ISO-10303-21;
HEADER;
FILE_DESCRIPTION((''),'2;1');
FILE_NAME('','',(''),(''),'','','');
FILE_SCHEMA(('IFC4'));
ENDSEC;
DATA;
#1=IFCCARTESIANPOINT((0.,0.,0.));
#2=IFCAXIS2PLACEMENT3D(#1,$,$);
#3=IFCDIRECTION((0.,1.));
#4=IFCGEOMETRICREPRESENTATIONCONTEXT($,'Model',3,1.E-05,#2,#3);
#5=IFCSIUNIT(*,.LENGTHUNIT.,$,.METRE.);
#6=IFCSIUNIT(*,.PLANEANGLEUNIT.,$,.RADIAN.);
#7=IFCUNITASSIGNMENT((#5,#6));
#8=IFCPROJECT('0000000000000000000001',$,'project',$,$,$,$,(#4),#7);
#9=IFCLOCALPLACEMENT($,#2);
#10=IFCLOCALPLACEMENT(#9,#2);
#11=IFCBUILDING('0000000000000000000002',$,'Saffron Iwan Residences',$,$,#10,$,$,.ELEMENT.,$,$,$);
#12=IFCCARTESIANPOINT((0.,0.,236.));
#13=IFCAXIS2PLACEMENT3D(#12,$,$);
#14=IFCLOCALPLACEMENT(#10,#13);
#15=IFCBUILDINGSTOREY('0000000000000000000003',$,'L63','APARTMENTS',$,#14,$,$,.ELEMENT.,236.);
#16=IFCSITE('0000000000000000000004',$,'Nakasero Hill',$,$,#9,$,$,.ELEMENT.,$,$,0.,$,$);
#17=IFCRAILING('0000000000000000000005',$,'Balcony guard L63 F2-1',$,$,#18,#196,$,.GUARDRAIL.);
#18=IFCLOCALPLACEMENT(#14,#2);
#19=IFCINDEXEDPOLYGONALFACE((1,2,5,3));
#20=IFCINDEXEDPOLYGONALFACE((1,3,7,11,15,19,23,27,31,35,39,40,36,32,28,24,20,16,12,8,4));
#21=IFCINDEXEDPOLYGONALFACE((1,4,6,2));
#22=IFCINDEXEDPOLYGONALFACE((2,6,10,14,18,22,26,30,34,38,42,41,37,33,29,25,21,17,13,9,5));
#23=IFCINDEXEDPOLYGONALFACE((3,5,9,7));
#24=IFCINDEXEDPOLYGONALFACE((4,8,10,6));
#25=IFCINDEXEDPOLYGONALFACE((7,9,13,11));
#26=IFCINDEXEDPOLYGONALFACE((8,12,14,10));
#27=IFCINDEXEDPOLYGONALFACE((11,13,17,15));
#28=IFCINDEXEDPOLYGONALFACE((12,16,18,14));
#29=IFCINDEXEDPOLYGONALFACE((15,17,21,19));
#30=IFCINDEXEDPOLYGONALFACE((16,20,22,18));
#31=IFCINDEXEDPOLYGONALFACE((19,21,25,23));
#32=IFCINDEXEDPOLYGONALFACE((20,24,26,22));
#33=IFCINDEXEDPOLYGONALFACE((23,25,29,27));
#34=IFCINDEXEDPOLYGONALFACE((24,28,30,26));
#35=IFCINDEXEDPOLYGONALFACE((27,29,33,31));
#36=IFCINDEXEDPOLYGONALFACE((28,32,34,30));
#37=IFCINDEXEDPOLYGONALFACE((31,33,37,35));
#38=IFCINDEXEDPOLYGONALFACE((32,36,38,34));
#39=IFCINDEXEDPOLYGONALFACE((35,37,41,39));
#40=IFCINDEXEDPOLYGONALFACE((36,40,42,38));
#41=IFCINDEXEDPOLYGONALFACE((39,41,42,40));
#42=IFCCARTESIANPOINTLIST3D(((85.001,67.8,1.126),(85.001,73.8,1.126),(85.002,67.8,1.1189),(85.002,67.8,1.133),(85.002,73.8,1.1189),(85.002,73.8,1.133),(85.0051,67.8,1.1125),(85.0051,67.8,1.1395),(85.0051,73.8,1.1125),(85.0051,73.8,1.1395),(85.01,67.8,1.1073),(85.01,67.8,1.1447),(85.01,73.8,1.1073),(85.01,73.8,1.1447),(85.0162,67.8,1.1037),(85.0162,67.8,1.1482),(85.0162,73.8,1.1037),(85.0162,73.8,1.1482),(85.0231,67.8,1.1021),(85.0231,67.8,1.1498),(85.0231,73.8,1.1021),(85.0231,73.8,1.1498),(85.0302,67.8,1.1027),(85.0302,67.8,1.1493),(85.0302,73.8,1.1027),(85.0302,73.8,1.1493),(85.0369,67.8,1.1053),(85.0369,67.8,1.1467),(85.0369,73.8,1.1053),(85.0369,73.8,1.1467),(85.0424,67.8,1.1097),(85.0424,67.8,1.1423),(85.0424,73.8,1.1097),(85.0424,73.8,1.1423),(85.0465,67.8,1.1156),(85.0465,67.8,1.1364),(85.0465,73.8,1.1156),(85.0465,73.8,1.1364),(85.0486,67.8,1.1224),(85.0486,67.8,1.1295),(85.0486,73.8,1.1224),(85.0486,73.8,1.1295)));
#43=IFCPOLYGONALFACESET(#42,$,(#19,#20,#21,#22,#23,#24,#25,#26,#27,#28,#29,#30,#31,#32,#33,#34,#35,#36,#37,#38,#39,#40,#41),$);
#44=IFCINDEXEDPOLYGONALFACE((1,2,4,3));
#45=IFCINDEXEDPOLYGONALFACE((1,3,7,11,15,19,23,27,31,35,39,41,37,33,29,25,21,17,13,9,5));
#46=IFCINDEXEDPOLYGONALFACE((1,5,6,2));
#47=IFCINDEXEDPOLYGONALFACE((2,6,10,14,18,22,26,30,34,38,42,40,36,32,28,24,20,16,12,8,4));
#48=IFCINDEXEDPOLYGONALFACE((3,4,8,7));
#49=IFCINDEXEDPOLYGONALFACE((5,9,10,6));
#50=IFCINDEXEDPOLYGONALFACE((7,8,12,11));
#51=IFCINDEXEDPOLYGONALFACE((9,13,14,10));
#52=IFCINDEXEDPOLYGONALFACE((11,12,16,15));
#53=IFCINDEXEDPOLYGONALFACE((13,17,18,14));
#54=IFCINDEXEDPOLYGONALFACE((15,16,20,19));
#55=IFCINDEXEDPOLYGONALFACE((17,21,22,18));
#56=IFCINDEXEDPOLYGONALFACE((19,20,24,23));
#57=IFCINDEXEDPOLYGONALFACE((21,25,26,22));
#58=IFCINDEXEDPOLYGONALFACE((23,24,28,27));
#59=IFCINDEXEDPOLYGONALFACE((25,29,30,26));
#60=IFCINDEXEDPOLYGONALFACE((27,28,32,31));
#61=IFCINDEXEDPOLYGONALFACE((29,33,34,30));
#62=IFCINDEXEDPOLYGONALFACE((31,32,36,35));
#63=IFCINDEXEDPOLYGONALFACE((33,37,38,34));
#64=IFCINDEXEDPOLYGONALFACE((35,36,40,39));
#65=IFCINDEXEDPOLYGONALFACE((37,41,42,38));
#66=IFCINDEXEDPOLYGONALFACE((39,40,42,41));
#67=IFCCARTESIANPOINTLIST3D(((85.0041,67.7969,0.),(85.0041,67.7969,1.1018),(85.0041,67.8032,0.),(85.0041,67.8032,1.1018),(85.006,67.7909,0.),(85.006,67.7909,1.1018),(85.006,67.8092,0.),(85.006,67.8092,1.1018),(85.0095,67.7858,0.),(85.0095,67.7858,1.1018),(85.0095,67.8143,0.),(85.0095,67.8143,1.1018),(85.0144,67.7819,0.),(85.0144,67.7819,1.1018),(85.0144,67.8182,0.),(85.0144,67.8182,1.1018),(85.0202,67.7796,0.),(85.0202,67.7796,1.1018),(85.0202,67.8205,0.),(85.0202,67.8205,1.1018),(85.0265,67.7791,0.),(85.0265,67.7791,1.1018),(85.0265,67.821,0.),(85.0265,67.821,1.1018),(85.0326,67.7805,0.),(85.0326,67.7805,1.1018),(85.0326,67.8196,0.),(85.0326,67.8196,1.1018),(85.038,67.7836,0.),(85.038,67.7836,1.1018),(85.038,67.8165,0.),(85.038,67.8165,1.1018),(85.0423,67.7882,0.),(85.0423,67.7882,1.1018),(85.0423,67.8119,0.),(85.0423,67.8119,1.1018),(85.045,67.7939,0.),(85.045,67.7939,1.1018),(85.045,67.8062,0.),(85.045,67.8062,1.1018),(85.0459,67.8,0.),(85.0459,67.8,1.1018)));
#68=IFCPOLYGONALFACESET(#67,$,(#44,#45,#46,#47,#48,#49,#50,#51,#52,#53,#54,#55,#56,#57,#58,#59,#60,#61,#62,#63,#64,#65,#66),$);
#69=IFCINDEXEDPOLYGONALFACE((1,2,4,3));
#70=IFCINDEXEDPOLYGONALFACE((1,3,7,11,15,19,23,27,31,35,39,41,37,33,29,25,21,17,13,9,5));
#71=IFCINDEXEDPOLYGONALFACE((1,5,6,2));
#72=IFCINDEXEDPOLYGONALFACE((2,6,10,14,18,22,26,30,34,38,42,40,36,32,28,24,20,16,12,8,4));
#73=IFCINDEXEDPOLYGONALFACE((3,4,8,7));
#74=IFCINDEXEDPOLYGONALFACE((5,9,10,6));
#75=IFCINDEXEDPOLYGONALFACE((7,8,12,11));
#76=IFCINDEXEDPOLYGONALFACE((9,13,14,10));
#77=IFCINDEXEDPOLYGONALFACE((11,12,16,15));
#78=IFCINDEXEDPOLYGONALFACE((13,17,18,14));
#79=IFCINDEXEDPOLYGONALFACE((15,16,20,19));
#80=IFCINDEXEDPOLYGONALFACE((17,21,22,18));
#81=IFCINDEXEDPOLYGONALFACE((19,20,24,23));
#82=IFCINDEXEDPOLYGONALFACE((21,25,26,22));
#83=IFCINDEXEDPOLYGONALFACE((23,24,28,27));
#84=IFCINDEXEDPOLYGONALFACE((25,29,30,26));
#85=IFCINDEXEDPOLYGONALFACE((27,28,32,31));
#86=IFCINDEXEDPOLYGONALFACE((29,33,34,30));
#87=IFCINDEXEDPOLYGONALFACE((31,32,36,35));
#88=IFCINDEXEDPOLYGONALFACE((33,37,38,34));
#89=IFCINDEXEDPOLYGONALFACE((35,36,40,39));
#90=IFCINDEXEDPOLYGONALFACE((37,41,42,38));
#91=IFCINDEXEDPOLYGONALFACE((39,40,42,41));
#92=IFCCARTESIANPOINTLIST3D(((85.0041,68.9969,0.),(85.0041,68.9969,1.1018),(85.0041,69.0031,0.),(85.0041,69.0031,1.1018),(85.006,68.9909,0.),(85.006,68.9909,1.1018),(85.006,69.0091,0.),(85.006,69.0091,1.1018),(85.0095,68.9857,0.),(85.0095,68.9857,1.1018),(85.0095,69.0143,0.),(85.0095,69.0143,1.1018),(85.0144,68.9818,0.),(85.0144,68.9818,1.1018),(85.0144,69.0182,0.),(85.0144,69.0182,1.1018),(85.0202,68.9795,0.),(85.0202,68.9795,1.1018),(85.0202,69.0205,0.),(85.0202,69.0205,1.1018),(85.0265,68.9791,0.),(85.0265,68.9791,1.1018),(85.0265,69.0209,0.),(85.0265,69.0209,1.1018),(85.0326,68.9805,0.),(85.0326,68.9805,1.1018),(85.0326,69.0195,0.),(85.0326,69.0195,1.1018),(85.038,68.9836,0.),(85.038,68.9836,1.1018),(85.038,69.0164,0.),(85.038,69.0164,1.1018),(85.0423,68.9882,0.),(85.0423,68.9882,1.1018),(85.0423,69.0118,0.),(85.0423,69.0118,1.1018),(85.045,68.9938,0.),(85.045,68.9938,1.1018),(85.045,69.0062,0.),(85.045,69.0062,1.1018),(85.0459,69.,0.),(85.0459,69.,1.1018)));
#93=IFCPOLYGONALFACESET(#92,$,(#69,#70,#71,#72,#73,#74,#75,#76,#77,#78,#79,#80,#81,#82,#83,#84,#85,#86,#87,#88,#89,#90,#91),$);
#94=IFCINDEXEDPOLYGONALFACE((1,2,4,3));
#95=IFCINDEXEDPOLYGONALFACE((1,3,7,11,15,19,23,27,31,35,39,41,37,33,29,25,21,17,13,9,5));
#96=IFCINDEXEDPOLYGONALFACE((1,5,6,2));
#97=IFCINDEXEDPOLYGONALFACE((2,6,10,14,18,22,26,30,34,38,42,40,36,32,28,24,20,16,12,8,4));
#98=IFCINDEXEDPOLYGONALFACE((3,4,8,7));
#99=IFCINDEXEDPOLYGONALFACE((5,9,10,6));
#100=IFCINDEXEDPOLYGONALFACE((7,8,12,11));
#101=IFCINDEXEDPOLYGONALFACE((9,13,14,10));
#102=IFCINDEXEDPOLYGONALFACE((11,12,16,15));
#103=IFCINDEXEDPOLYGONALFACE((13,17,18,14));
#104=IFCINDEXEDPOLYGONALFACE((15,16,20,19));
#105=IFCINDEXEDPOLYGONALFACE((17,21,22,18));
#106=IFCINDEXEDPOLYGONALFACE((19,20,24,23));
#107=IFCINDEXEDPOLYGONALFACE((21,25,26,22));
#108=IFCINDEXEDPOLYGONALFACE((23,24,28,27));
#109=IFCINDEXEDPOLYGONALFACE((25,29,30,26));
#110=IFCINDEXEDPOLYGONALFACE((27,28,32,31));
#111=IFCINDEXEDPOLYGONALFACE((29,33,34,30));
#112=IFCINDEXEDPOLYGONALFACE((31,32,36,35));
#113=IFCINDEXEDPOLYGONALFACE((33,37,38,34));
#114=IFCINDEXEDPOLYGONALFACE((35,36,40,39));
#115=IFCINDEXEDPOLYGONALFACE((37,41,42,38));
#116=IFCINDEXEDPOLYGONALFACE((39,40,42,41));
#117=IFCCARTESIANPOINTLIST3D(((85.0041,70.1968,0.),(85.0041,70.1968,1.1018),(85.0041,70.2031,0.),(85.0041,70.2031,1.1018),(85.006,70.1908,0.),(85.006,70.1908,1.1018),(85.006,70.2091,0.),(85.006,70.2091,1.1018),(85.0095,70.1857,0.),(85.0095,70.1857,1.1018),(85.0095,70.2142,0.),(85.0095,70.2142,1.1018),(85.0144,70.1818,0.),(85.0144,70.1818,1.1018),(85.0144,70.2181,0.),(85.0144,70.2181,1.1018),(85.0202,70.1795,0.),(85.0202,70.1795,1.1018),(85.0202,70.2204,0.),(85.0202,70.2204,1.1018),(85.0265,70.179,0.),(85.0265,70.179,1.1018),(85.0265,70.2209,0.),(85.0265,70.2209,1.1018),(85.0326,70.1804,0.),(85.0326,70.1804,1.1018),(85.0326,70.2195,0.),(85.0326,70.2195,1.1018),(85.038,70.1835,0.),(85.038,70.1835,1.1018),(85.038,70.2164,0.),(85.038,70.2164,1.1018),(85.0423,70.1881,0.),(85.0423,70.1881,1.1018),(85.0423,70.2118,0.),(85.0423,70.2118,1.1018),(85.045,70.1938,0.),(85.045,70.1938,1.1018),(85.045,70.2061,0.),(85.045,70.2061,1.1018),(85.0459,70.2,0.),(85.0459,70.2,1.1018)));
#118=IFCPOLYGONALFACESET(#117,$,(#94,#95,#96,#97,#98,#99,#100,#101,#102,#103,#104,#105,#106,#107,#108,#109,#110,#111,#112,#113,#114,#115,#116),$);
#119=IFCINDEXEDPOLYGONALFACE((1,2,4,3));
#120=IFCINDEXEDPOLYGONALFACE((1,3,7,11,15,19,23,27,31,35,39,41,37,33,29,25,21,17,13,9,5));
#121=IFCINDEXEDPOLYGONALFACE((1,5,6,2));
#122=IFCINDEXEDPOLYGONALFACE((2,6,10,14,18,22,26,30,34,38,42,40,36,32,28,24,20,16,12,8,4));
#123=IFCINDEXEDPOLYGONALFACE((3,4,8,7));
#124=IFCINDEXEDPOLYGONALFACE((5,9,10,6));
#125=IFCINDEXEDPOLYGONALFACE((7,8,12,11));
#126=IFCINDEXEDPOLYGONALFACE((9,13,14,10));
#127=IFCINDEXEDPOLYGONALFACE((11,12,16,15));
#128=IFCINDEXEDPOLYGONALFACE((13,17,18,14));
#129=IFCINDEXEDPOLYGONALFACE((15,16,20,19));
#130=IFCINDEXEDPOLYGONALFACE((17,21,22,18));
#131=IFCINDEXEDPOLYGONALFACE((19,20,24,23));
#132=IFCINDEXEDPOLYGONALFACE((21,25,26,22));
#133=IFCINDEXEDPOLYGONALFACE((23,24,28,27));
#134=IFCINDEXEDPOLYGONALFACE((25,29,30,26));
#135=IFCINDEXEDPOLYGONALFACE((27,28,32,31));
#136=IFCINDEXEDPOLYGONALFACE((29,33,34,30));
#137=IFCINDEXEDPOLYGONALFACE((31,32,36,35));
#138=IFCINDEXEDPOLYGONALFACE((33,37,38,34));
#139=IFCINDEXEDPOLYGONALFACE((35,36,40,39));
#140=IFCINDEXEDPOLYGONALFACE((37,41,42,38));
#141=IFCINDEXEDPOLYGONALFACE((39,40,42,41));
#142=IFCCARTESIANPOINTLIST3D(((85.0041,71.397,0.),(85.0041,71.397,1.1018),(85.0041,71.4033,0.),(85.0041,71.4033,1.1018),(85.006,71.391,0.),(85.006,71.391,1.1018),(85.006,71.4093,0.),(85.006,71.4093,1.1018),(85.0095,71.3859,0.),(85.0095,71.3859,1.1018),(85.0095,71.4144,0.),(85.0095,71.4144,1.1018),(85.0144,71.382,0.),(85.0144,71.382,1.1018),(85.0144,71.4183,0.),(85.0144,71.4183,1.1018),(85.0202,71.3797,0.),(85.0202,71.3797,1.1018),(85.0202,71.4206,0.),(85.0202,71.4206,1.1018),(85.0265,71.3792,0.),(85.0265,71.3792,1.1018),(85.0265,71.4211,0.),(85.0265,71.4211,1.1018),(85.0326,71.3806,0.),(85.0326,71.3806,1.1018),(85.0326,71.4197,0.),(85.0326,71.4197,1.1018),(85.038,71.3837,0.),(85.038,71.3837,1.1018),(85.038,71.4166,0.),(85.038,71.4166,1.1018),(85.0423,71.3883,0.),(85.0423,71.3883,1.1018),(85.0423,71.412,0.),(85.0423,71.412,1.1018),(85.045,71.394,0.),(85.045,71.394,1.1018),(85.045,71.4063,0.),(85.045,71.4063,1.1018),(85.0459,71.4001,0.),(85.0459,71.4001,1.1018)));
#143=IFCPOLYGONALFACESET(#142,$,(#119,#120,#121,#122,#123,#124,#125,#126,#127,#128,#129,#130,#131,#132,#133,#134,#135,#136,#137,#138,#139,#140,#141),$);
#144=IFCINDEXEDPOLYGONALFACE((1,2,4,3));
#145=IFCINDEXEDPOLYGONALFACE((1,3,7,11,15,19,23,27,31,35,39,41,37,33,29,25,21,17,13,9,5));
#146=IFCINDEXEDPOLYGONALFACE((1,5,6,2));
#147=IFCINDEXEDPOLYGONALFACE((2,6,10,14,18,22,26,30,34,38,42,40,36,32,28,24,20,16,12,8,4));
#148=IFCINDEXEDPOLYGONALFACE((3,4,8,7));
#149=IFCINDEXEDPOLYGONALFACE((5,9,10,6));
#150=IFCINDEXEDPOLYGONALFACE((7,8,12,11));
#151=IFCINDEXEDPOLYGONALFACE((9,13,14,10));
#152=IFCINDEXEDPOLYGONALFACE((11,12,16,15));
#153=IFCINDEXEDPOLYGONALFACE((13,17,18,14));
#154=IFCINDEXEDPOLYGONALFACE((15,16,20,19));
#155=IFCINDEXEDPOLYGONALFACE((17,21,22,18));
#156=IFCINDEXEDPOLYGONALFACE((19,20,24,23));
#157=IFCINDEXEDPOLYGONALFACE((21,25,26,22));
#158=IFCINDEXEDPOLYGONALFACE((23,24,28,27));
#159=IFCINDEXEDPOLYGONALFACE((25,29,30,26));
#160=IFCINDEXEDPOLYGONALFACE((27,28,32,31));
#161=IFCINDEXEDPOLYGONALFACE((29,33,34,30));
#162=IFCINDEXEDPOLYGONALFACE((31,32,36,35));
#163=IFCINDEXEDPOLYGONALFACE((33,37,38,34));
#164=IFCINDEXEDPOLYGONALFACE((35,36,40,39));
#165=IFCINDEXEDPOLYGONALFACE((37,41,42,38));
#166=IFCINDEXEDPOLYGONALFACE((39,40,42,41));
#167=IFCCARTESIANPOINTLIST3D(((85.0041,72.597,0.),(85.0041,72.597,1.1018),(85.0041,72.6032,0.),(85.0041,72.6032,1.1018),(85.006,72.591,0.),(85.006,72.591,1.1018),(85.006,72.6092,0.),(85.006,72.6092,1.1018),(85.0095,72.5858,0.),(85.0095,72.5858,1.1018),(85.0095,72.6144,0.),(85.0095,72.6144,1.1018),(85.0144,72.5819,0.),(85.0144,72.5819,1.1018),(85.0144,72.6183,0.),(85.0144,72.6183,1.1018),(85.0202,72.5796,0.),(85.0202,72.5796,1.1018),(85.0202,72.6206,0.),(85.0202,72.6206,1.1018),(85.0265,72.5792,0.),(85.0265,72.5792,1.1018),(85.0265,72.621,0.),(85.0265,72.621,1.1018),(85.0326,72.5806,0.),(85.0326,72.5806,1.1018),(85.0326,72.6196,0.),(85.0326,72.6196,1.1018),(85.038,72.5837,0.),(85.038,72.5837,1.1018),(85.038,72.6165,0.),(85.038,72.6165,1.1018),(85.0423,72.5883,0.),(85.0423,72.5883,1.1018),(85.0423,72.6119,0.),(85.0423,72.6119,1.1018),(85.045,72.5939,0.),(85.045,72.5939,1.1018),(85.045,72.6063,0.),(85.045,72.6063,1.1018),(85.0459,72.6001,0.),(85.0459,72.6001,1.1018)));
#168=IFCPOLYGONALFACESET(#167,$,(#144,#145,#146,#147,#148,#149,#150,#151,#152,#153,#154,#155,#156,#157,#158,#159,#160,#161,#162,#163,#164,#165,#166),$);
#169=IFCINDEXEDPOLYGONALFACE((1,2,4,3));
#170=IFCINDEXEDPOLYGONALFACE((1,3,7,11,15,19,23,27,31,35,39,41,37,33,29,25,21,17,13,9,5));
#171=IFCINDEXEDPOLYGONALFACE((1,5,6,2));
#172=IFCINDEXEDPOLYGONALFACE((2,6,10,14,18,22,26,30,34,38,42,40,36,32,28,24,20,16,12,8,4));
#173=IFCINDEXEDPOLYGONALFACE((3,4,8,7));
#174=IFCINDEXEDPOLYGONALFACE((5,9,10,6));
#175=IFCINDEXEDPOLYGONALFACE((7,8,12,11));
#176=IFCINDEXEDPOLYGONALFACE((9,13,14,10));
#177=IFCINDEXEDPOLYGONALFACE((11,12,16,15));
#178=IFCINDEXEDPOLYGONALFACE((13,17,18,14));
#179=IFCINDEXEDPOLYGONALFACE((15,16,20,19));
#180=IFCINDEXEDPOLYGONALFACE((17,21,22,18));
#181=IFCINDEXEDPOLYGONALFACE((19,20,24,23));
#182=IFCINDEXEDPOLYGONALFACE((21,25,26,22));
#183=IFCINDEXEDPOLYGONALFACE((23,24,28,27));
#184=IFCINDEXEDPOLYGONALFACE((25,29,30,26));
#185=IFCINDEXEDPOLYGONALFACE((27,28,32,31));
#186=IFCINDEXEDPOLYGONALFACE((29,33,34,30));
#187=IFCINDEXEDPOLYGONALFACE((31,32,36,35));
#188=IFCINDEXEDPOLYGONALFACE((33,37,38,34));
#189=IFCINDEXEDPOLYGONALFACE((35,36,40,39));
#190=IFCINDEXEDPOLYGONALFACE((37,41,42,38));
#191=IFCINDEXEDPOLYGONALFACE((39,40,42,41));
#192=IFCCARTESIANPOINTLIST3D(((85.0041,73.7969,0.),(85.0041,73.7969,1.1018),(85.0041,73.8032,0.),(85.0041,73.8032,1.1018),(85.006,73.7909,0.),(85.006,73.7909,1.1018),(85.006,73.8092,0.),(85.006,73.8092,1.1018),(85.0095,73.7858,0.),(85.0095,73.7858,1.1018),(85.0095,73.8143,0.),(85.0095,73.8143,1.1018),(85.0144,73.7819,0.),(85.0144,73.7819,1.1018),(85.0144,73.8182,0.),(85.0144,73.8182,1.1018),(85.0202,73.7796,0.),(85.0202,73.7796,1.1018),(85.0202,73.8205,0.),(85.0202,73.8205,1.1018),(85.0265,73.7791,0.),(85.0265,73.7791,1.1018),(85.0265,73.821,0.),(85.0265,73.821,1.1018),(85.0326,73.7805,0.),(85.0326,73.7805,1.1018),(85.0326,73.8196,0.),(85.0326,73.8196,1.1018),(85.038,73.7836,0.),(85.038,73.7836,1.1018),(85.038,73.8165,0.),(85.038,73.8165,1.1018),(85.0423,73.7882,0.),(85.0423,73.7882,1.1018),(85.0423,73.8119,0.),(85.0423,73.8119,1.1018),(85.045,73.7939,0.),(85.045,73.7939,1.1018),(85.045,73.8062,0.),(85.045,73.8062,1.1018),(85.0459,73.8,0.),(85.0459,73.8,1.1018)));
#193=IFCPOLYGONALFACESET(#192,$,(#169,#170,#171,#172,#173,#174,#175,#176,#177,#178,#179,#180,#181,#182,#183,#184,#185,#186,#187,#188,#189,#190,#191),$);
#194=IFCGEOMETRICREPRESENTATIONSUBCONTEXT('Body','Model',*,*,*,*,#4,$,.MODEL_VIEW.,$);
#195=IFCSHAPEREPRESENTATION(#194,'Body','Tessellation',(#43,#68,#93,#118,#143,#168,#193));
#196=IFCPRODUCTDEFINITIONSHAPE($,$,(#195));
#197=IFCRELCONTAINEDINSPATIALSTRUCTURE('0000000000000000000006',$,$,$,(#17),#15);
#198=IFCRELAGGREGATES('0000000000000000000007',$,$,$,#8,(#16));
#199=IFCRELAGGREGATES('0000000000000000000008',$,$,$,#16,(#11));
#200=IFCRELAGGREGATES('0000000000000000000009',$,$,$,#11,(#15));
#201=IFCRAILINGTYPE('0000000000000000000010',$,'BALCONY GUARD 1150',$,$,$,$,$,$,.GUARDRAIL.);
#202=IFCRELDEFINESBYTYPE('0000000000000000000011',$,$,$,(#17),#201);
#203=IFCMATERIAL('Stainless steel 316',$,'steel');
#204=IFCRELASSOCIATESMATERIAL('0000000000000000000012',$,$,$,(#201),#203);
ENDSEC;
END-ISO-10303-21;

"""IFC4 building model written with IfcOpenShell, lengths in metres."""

from ifc_helpers import new_model, si_unit, direction, frame, origin, origin_2d, place, context, subcontext, project, spatial, circle, extrude, material, type_object, element, save


model = new_model("IFC4")

# Units and contexts
model_context = context("Model", 3, precision=1e-05, world=origin(), true_north=direction((0.0, 1.0)))
body_context = subcontext(model_context, "Body", "Model", "MODEL_VIEW")
ifc_project = project(units=[si_unit("LENGTHUNIT", "METRE"), si_unit("PLANEANGLEUNIT", "RADIAN")], contexts=[model_context])

# Site, building, storey
site_placement = place(None, origin())
site = spatial("IfcSite", under=ifc_project, at=site_placement, Name="Nakasero Hill", CompositionType="ELEMENT", RefElevation=0.0)
building_placement = place(site_placement, origin())
building = spatial("IfcBuilding", under=site, at=building_placement, Name="Saffron Iwan Residences", CompositionType="ELEMENT")
storey_placement = place(building_placement, frame((0.0, 0.0, 236.0)))
storey = spatial("IfcBuildingStorey", under=building, at=storey_placement, Name="L63", Description="APARTMENTS", CompositionType="ELEMENT", Elevation=236.0)

# Railing
ifc_material_1 = material(Name="Stainless steel 316", Category="steel")
railing_type_1 = type_object("IfcRailingType", Name="BALCONY GUARD 1150", PredefinedType="GUARDRAIL", material=ifc_material_1)
railing_1_placement = place(storey_placement, frame((85.0249, 67.8, 0.0)))
element("IfcRailing", 1, at=railing_1_placement, inside=storey, type_object=railing_type_1, Name="Balcony guard L63 F2-1", PredefinedType="GUARDRAIL", context=body_context, shape_type="SweptSolid", body=[
    extrude(circle(Radius=0.0239, at=origin_2d()), frame((0.0, 0.0, 1.126), z_axis=(0.0, 1.0, 0.0), x_axis=(-1.0, 0.0, 0.0)), (0.0, 0.0, 1.0), 6.0),
    extrude(circle(Radius=0.021, at=origin_2d()), origin(), (0.0, 0.0, 1.0), 1.1018),
    extrude(circle(Radius=0.021, at=origin_2d()), frame((0.0, 1.2, 0.0)), (0.0, 0.0, 1.0), 1.1018),
    extrude(circle(Radius=0.021, at=origin_2d()), frame((0.0, 2.3999, 0.0)), (0.0, 0.0, 1.0), 1.1018),
    extrude(circle(Radius=0.021, at=origin_2d()), frame((0.0, 3.6001, 0.0)), (0.0, 0.0, 1.0), 1.1018),
    extrude(circle(Radius=0.021, at=origin_2d()), frame((0.0, 4.8, 0.0)), (0.0, 0.0, 1.0), 1.1018),
    extrude(circle(Radius=0.021, at=origin_2d()), frame((0.0, 6.0, 0.0)), (0.0, 0.0, 1.0), 1.1018),
])

save(model, "model.ifc")
